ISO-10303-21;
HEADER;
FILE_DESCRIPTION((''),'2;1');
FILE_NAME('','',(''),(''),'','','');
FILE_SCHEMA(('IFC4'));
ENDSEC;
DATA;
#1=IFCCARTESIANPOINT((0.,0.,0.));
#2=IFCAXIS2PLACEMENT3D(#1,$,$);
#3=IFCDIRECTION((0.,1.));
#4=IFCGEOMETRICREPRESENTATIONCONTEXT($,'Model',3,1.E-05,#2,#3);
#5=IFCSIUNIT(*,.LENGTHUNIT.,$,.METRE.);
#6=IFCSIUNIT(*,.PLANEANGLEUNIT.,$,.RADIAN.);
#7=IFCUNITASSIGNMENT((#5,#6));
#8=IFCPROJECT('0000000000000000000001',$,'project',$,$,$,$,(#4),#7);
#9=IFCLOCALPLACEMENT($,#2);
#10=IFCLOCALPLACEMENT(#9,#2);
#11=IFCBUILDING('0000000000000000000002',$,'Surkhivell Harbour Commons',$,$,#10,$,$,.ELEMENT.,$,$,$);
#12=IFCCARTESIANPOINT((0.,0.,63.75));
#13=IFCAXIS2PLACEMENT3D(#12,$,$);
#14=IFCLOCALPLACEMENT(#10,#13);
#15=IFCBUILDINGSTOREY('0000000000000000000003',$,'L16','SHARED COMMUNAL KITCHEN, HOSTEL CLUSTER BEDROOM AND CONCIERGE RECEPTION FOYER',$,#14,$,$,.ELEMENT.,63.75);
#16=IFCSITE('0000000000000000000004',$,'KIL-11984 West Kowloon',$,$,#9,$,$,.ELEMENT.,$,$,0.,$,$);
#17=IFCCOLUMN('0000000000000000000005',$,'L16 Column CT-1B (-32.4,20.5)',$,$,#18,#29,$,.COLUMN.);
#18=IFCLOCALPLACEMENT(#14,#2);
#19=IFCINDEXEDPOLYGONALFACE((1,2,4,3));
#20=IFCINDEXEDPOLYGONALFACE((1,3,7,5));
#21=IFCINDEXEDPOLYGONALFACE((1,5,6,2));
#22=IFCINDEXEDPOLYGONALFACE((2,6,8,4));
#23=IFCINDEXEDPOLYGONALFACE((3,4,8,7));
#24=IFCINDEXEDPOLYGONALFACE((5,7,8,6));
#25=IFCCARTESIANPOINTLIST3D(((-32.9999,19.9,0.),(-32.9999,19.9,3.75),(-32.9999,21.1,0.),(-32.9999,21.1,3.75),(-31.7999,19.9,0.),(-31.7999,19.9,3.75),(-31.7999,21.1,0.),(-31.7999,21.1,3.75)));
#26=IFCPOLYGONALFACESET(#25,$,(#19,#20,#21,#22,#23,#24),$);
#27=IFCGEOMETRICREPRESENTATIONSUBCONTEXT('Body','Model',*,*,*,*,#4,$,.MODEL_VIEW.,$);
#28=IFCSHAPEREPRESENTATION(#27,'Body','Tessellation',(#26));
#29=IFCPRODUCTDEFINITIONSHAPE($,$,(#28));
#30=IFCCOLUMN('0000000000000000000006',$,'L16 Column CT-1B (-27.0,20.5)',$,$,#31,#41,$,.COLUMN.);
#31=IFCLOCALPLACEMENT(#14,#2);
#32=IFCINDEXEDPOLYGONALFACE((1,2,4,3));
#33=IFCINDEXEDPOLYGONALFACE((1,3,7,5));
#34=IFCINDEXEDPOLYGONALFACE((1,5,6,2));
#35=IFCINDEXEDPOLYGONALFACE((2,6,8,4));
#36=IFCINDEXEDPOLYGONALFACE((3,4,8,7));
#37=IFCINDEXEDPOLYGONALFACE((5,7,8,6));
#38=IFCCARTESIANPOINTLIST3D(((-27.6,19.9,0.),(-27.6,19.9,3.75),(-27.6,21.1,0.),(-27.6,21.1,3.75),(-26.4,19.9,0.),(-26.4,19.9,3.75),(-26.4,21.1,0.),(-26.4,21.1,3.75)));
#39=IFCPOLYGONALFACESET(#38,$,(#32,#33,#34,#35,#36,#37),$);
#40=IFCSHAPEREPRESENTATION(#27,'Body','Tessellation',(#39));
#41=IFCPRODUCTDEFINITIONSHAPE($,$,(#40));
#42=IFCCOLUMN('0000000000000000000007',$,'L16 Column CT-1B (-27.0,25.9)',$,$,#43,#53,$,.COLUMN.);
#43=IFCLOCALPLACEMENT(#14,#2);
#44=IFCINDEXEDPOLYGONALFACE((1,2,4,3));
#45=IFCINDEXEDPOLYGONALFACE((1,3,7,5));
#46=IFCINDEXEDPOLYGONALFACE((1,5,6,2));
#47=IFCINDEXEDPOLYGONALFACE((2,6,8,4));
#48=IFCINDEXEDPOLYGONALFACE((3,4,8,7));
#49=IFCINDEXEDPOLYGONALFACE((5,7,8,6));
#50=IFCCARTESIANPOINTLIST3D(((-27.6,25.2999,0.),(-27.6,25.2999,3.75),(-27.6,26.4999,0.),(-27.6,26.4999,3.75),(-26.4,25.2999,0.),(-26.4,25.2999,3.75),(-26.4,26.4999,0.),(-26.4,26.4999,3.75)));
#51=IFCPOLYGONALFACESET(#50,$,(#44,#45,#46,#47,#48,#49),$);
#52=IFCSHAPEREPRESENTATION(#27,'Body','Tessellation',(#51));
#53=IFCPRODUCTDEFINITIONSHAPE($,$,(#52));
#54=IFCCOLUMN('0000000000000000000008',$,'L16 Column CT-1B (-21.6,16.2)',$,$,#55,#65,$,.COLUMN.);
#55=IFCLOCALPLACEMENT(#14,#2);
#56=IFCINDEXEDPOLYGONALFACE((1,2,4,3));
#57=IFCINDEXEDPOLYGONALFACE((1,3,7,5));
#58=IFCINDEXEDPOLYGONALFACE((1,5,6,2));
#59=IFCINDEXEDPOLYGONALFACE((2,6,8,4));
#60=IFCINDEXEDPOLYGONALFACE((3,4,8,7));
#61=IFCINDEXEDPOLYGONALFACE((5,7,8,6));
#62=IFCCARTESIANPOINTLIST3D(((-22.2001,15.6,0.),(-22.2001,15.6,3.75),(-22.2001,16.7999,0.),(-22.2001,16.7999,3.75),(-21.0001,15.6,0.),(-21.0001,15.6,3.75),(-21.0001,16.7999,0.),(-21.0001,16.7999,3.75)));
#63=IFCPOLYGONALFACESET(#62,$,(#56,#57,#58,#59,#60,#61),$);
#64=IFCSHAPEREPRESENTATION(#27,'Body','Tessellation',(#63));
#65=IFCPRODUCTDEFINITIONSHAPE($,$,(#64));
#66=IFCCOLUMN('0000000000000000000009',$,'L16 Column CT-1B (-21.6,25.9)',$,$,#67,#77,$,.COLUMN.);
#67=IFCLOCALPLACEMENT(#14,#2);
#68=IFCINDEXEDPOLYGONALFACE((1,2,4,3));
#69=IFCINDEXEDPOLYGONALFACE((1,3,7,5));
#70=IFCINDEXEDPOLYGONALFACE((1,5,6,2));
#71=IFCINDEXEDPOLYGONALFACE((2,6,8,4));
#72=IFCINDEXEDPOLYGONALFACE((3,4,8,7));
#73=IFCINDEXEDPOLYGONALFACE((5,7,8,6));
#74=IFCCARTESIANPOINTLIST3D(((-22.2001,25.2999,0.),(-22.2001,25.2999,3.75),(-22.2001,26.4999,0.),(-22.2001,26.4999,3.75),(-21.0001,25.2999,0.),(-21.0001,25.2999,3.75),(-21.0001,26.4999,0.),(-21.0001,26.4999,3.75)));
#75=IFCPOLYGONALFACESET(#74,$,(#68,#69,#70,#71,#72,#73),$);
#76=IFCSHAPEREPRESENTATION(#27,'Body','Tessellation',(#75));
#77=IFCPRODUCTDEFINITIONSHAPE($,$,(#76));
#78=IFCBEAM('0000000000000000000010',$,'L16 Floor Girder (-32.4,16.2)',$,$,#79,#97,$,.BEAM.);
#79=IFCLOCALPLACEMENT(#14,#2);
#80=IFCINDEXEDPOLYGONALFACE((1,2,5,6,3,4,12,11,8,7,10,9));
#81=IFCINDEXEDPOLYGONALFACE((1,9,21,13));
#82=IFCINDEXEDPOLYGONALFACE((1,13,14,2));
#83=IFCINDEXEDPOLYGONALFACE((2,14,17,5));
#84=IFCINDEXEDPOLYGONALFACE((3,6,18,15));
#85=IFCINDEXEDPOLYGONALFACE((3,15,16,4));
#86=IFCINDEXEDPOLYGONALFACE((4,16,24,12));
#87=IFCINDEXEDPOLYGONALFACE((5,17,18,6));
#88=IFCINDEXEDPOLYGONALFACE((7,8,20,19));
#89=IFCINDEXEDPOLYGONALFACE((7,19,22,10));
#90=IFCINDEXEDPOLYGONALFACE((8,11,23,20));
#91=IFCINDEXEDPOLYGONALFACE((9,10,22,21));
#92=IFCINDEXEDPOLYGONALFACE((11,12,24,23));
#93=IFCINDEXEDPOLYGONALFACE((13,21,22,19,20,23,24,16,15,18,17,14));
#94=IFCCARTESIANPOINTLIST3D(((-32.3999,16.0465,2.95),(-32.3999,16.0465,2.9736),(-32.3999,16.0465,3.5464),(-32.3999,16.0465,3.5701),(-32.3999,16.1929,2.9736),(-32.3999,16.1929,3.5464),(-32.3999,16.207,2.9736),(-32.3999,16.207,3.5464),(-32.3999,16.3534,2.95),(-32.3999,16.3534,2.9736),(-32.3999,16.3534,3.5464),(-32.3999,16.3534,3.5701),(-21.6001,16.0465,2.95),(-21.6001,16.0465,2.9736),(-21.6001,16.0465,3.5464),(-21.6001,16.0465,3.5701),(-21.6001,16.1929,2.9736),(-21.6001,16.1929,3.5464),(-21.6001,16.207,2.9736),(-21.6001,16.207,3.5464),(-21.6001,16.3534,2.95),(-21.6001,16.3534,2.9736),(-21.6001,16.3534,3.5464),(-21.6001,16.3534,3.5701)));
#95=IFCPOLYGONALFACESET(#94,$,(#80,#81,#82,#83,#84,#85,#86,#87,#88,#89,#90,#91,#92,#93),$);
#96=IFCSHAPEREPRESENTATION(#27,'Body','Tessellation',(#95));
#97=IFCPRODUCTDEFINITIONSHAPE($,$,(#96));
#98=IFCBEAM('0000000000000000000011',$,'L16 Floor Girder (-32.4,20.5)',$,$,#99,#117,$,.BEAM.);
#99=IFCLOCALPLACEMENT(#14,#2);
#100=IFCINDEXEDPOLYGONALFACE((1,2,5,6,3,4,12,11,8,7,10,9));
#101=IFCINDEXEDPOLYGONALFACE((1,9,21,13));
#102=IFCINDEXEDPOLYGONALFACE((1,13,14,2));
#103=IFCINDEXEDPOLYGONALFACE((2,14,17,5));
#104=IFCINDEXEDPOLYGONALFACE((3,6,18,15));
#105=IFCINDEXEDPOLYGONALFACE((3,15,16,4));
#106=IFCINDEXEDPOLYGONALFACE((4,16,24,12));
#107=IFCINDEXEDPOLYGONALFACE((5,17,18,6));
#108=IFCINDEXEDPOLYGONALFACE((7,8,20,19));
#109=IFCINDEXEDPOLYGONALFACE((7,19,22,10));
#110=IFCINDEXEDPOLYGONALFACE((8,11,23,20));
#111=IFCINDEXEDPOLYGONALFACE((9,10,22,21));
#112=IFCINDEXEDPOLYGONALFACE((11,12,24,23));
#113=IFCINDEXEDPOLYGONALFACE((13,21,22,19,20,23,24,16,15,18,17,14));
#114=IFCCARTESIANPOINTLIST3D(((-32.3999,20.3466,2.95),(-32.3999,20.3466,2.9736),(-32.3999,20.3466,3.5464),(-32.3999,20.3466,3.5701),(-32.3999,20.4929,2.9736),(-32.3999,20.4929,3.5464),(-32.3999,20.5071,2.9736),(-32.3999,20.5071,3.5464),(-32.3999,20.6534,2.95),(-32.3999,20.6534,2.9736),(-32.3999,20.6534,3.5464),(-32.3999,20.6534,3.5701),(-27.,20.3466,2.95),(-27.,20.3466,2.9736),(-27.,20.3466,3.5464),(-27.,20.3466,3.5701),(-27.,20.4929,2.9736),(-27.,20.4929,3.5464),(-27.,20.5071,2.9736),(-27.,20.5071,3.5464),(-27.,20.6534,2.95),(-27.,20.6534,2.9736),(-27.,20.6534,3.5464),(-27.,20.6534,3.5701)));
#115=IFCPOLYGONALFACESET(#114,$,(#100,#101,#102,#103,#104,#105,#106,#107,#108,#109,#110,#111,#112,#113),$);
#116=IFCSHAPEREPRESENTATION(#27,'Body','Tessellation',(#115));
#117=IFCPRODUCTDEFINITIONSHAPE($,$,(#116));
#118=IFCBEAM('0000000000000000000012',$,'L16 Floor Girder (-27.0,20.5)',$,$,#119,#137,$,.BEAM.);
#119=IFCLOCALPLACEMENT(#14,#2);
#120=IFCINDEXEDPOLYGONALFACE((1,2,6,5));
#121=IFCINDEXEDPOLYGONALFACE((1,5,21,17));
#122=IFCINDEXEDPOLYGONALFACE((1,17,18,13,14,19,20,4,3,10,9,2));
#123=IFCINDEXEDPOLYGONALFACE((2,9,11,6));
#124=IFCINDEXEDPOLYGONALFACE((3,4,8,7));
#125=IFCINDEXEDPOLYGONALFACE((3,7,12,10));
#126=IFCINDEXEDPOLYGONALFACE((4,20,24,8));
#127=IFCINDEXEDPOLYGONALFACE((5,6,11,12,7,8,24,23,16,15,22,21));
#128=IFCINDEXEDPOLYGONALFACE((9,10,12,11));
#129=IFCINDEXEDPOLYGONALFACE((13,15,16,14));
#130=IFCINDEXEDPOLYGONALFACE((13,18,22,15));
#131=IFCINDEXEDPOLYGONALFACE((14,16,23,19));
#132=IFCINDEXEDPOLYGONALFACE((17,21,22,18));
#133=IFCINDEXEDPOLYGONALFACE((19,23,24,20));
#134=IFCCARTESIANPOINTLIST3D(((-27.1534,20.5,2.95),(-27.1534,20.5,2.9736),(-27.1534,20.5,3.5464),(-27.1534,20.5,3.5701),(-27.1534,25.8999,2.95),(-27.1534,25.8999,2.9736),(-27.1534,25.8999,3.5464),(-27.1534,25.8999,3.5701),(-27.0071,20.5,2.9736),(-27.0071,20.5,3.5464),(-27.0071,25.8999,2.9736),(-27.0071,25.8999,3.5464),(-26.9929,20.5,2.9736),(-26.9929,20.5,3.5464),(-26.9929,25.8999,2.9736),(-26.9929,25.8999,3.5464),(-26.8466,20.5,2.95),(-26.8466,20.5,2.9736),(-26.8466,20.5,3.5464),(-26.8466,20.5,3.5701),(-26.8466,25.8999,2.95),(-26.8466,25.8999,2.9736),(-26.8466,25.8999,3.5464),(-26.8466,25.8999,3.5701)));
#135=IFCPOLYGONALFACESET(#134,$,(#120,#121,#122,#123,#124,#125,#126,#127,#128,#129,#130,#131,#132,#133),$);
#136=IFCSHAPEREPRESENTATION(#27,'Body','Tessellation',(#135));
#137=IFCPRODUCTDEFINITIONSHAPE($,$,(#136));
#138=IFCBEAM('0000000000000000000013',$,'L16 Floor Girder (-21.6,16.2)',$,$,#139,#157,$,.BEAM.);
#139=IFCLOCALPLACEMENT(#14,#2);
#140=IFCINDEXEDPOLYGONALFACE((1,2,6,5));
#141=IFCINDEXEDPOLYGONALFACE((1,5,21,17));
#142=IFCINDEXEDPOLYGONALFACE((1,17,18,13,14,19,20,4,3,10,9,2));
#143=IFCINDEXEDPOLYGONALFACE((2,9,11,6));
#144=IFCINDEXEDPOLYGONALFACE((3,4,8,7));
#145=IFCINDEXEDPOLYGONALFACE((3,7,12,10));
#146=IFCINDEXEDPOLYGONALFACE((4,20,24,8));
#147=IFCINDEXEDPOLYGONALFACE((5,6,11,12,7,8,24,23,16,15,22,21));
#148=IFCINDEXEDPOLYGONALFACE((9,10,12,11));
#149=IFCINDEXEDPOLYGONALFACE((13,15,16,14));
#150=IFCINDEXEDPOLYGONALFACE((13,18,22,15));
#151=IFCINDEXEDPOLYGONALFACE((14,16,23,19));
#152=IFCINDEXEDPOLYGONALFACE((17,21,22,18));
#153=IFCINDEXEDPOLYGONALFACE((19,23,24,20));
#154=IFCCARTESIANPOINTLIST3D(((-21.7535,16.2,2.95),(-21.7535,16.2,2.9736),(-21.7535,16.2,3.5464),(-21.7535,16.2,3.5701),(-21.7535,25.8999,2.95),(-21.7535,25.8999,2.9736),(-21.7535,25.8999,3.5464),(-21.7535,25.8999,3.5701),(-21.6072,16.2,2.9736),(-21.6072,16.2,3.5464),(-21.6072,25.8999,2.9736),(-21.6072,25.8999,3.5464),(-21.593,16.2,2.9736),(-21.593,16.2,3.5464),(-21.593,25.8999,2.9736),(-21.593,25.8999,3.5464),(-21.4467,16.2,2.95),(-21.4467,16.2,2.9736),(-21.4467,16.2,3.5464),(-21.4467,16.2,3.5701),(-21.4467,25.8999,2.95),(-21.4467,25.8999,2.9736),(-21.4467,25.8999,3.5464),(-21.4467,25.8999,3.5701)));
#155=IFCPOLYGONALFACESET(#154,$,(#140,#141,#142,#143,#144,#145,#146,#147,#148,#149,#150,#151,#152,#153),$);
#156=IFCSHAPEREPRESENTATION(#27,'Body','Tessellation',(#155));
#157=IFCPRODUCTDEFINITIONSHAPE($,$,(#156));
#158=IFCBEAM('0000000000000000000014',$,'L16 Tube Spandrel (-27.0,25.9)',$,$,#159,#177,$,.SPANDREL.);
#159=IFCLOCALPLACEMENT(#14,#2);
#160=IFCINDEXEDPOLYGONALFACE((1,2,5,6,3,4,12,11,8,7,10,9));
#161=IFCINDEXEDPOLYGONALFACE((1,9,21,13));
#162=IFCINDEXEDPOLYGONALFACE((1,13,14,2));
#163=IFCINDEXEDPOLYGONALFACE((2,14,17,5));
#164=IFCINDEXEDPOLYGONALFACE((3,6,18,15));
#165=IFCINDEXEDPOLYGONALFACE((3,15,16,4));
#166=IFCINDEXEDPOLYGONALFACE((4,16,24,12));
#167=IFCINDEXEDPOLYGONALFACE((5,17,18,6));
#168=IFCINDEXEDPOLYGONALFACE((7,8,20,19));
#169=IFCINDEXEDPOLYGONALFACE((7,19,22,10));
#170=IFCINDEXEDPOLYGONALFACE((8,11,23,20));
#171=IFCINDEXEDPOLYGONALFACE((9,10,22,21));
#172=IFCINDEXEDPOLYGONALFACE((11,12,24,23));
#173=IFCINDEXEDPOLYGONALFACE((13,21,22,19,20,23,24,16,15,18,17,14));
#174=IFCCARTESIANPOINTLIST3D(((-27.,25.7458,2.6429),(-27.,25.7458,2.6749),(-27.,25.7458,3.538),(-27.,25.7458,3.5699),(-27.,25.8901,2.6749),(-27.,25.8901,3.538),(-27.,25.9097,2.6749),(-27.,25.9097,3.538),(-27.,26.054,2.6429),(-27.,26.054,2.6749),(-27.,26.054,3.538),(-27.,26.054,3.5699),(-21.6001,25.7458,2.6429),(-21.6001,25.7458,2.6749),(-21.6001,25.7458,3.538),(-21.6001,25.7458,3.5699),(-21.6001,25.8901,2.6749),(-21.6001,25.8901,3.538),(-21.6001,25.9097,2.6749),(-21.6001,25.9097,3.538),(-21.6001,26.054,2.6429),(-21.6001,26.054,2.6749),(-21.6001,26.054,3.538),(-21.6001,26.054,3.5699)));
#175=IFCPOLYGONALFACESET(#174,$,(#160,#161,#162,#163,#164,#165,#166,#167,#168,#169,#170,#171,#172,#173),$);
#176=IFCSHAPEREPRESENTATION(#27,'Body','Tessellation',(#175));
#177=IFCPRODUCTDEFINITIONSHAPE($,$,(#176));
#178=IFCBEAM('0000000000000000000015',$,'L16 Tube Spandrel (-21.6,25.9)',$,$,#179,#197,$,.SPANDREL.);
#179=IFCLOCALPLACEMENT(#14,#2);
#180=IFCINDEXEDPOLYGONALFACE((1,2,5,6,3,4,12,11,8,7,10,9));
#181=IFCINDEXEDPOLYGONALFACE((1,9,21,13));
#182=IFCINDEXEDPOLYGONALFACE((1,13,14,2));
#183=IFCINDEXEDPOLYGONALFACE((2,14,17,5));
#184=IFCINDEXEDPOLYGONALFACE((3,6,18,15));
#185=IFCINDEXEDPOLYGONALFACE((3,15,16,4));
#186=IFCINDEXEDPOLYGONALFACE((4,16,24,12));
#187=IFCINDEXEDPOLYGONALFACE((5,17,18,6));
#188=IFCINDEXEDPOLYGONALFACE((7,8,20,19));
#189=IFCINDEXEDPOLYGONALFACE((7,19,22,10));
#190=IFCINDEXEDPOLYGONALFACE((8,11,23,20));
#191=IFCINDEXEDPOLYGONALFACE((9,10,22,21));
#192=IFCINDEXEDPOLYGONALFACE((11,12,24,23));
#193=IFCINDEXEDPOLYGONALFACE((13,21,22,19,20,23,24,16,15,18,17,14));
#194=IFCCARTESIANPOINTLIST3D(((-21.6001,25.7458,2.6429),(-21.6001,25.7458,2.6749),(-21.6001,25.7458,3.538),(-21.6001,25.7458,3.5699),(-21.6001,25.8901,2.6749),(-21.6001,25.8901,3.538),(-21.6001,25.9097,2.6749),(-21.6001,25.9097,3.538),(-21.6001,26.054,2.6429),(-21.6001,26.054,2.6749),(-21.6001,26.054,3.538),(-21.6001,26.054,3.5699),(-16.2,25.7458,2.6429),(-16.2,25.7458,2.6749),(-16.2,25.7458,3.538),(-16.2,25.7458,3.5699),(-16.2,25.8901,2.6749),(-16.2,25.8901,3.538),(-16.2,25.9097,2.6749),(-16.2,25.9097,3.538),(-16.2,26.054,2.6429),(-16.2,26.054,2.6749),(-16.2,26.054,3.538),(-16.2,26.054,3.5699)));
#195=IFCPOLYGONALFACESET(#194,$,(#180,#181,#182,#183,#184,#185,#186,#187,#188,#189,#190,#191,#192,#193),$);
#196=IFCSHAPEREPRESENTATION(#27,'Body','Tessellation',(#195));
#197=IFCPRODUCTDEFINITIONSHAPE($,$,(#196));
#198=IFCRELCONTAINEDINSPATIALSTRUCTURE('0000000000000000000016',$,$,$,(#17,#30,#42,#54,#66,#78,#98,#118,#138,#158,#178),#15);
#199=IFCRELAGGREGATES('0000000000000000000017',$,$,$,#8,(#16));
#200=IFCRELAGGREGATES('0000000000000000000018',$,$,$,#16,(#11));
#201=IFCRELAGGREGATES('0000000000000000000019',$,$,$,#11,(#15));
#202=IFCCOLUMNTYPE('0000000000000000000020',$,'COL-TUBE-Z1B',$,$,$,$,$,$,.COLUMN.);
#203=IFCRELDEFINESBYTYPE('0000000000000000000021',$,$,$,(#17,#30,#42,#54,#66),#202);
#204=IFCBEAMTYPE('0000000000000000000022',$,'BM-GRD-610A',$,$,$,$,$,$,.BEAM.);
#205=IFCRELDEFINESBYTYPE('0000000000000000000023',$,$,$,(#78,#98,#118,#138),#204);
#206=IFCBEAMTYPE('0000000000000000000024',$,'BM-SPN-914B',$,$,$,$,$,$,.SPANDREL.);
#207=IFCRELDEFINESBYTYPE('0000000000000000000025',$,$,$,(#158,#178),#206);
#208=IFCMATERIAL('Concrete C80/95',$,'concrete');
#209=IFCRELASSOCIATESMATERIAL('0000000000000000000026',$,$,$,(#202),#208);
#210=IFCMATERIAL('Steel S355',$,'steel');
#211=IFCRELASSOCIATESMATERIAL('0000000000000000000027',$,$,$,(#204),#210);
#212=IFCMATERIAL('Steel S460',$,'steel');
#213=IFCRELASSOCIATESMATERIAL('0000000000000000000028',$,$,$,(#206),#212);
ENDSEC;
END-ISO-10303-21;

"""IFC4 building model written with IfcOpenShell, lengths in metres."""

from ifc_helpers import new_model, si_unit, direction, frame, origin, origin_2d, place, context, subcontext, project, spatial, rectangle, i_section, extrude, material, material_profile, profile_set, type_object, element, save


model = new_model("IFC4")

# Units and contexts
model_context = context("Model", 3, precision=1e-05, world=origin(), true_north=direction((0.0, 1.0)))
body_context = subcontext(model_context, "Body", "Model", "MODEL_VIEW")
ifc_project = project(units=[si_unit("LENGTHUNIT", "METRE"), si_unit("PLANEANGLEUNIT", "RADIAN")], contexts=[model_context])

# Site, building, storey
site_placement = place(None, origin())
site = spatial("IfcSite", under=ifc_project, at=site_placement, Name="KIL-11984 West Kowloon", CompositionType="ELEMENT", RefElevation=0.0)
building_placement = place(site_placement, origin())
building = spatial("IfcBuilding", under=site, at=building_placement, Name="Surkhivell Harbour Commons", CompositionType="ELEMENT")
storey_placement = place(building_placement, frame((0.0, 0.0, 63.75)))
storey = spatial("IfcBuildingStorey", under=building, at=storey_placement, Name="L16", Description="SHARED COMMUNAL KITCHEN, HOSTEL CLUSTER BEDROOM AND CONCIERGE RECEPTION FOYER", CompositionType="ELEMENT", Elevation=63.75)

# Columns
ifc_material_1 = material(Name="Concrete C80/95", Category="concrete")
ifc_material_profile_1 = material_profile(ifc_material_1, rectangle(XDim=1.2, YDim=1.2, at=origin_2d()), Name="RC-COL-1200x1200")
ifc_profile_set_1 = profile_set([ifc_material_profile_1], Name="Concrete C80/95")
column_type = type_object("IfcColumnType", Name="COL-TUBE-Z1B", PredefinedType="COLUMN", material=ifc_profile_set_1)
for number, where, z_axis, x_axis, name in (
    (1, (-32.3999, 20.5, 0.0), (0.0, 0.0, 1.0), (1.0, 0.0, 0.0), "L16 Column CT-1B (-32.4,20.5)"),
    (2, (-27.0, 20.5, 0.0), (0.0, 0.0, 1.0), (1.0, 0.0, 0.0), "L16 Column CT-1B (-27.0,20.5)"),
    (3, (-27.0, 25.8999, 0.0), (0.0, 0.0, 1.0), (1.0, 0.0, 0.0), "L16 Column CT-1B (-27.0,25.9)"),
    (4, (-21.6001, 16.2, 0.0), (0.0, 0.0, 1.0), (1.0, 0.0, 0.0), "L16 Column CT-1B (-21.6,16.2)"),
    (5, (-21.6001, 25.8999, 0.0), (0.0, 0.0, 1.0), (1.0, 0.0, 0.0), "L16 Column CT-1B (-21.6,25.9)"),
):
    element("IfcColumn", number, at=place(storey_placement, frame(where, z_axis=z_axis, x_axis=x_axis)), inside=storey, type_object=column_type, Name=name, PredefinedType="COLUMN", context=body_context, shape_type="SweptSolid", body=[
        extrude(rectangle(XDim=1.2, YDim=1.2, at=origin_2d()), origin(), (0.0, 0.0, 1.0), 3.75),
    ])

# Beams
ifc_material_2 = material(Name="Steel S355", Category="steel")
ifc_material_profile_2 = material_profile(ifc_material_2, i_section(OverallWidth=0.3069, OverallDepth=0.6201, WebThickness=0.0142, FlangeThickness=0.0237, at=origin_2d()), Name="UB610x305x179")
ifc_profile_set_2 = profile_set([ifc_material_profile_2], Name="Steel S355")
beam_type_1 = type_object("IfcBeamType", Name="BM-GRD-610A", PredefinedType="BEAM", material=ifc_profile_set_2)
beam_1_placement = place(storey_placement, frame((-32.3999, 16.2, 3.26), z_axis=(1.0, 0.0, 0.0), x_axis=(0.0, 1.0, 0.0)))
element("IfcBeam", 6, at=beam_1_placement, inside=storey, type_object=beam_type_1, Name="L16 Floor Girder (-32.4,16.2)", PredefinedType="BEAM", context=body_context, shape_type="SweptSolid", body=[
    extrude(i_section(OverallWidth=0.3069, OverallDepth=0.6201, WebThickness=0.0142, FlangeThickness=0.0237, at=origin_2d()), origin(), (0.0, 0.0, 1.0), 10.7998),
])
for number, where, z_axis, x_axis, name in (
    (7, (-32.3999, 20.5, 3.26), (1.0, 0.0, 0.0), (0.0, 1.0, 0.0), "L16 Floor Girder (-32.4,20.5)"),
    (8, (-27.0, 20.5, 3.26), (0.0, 1.0, 0.0), (-1.0, 0.0, 0.0), "L16 Floor Girder (-27.0,20.5)"),
):
    element("IfcBeam", number, at=place(storey_placement, frame(where, z_axis=z_axis, x_axis=x_axis)), inside=storey, type_object=beam_type_1, Name=name, PredefinedType="BEAM", context=body_context, shape_type="SweptSolid", body=[
        extrude(i_section(OverallWidth=0.3069, OverallDepth=0.6201, WebThickness=0.0142, FlangeThickness=0.0237, at=origin_2d()), origin(), (0.0, 0.0, 1.0), 5.3999),
    ])
beam_2_placement = place(storey_placement, frame((-21.6001, 16.2, 3.26), z_axis=(0.0, 1.0, 0.0), x_axis=(-1.0, 0.0, 0.0)))
element("IfcBeam", 9, at=beam_2_placement, inside=storey, type_object=beam_type_1, Name="L16 Floor Girder (-21.6,16.2)", PredefinedType="BEAM", context=body_context, shape_type="SweptSolid", body=[
    extrude(i_section(OverallWidth=0.3069, OverallDepth=0.6201, WebThickness=0.0142, FlangeThickness=0.0237, at=origin_2d()), origin(), (0.0, 0.0, 1.0), 9.7),
])
ifc_material_3 = material(Name="Steel S460", Category="steel")
ifc_material_profile_3 = material_profile(ifc_material_3, i_section(OverallWidth=0.3081, OverallDepth=0.927, WebThickness=0.0195, FlangeThickness=0.032, at=origin_2d()), Name="UB914x305x289")
ifc_profile_set_3 = profile_set([ifc_material_profile_3], Name="Steel S460")
beam_type_2 = type_object("IfcBeamType", Name="BM-SPN-914B", PredefinedType="SPANDREL", material=ifc_profile_set_3)
beam_3_placement = place(storey_placement, frame((-27.0, 25.8999, 3.1064), z_axis=(1.0, 0.0, 0.0), x_axis=(0.0, 1.0, 0.0)))
element("IfcBeam", 10, at=beam_3_placement, inside=storey, type_object=beam_type_2, Name="L16 Tube Spandrel (-27.0,25.9)", PredefinedType="SPANDREL", context=body_context, shape_type="SweptSolid", body=[
    extrude(i_section(OverallWidth=0.3081, OverallDepth=0.927, WebThickness=0.0195, FlangeThickness=0.032, at=origin_2d()), origin(), (0.0, 0.0, 1.0), 5.3999),
])
beam_4_placement = place(storey_placement, frame((-21.6001, 25.8999, 3.1064), z_axis=(1.0, 0.0, 0.0), x_axis=(0.0, 1.0, 0.0)))
element("IfcBeam", 11, at=beam_4_placement, inside=storey, type_object=beam_type_2, Name="L16 Tube Spandrel (-21.6,25.9)", PredefinedType="SPANDREL", context=body_context, shape_type="SweptSolid", body=[
    extrude(i_section(OverallWidth=0.3081, OverallDepth=0.927, WebThickness=0.0195, FlangeThickness=0.032, at=origin_2d()), origin(), (0.0, 0.0, 1.0), 5.4001),
])

save(model, "model.ifc")
